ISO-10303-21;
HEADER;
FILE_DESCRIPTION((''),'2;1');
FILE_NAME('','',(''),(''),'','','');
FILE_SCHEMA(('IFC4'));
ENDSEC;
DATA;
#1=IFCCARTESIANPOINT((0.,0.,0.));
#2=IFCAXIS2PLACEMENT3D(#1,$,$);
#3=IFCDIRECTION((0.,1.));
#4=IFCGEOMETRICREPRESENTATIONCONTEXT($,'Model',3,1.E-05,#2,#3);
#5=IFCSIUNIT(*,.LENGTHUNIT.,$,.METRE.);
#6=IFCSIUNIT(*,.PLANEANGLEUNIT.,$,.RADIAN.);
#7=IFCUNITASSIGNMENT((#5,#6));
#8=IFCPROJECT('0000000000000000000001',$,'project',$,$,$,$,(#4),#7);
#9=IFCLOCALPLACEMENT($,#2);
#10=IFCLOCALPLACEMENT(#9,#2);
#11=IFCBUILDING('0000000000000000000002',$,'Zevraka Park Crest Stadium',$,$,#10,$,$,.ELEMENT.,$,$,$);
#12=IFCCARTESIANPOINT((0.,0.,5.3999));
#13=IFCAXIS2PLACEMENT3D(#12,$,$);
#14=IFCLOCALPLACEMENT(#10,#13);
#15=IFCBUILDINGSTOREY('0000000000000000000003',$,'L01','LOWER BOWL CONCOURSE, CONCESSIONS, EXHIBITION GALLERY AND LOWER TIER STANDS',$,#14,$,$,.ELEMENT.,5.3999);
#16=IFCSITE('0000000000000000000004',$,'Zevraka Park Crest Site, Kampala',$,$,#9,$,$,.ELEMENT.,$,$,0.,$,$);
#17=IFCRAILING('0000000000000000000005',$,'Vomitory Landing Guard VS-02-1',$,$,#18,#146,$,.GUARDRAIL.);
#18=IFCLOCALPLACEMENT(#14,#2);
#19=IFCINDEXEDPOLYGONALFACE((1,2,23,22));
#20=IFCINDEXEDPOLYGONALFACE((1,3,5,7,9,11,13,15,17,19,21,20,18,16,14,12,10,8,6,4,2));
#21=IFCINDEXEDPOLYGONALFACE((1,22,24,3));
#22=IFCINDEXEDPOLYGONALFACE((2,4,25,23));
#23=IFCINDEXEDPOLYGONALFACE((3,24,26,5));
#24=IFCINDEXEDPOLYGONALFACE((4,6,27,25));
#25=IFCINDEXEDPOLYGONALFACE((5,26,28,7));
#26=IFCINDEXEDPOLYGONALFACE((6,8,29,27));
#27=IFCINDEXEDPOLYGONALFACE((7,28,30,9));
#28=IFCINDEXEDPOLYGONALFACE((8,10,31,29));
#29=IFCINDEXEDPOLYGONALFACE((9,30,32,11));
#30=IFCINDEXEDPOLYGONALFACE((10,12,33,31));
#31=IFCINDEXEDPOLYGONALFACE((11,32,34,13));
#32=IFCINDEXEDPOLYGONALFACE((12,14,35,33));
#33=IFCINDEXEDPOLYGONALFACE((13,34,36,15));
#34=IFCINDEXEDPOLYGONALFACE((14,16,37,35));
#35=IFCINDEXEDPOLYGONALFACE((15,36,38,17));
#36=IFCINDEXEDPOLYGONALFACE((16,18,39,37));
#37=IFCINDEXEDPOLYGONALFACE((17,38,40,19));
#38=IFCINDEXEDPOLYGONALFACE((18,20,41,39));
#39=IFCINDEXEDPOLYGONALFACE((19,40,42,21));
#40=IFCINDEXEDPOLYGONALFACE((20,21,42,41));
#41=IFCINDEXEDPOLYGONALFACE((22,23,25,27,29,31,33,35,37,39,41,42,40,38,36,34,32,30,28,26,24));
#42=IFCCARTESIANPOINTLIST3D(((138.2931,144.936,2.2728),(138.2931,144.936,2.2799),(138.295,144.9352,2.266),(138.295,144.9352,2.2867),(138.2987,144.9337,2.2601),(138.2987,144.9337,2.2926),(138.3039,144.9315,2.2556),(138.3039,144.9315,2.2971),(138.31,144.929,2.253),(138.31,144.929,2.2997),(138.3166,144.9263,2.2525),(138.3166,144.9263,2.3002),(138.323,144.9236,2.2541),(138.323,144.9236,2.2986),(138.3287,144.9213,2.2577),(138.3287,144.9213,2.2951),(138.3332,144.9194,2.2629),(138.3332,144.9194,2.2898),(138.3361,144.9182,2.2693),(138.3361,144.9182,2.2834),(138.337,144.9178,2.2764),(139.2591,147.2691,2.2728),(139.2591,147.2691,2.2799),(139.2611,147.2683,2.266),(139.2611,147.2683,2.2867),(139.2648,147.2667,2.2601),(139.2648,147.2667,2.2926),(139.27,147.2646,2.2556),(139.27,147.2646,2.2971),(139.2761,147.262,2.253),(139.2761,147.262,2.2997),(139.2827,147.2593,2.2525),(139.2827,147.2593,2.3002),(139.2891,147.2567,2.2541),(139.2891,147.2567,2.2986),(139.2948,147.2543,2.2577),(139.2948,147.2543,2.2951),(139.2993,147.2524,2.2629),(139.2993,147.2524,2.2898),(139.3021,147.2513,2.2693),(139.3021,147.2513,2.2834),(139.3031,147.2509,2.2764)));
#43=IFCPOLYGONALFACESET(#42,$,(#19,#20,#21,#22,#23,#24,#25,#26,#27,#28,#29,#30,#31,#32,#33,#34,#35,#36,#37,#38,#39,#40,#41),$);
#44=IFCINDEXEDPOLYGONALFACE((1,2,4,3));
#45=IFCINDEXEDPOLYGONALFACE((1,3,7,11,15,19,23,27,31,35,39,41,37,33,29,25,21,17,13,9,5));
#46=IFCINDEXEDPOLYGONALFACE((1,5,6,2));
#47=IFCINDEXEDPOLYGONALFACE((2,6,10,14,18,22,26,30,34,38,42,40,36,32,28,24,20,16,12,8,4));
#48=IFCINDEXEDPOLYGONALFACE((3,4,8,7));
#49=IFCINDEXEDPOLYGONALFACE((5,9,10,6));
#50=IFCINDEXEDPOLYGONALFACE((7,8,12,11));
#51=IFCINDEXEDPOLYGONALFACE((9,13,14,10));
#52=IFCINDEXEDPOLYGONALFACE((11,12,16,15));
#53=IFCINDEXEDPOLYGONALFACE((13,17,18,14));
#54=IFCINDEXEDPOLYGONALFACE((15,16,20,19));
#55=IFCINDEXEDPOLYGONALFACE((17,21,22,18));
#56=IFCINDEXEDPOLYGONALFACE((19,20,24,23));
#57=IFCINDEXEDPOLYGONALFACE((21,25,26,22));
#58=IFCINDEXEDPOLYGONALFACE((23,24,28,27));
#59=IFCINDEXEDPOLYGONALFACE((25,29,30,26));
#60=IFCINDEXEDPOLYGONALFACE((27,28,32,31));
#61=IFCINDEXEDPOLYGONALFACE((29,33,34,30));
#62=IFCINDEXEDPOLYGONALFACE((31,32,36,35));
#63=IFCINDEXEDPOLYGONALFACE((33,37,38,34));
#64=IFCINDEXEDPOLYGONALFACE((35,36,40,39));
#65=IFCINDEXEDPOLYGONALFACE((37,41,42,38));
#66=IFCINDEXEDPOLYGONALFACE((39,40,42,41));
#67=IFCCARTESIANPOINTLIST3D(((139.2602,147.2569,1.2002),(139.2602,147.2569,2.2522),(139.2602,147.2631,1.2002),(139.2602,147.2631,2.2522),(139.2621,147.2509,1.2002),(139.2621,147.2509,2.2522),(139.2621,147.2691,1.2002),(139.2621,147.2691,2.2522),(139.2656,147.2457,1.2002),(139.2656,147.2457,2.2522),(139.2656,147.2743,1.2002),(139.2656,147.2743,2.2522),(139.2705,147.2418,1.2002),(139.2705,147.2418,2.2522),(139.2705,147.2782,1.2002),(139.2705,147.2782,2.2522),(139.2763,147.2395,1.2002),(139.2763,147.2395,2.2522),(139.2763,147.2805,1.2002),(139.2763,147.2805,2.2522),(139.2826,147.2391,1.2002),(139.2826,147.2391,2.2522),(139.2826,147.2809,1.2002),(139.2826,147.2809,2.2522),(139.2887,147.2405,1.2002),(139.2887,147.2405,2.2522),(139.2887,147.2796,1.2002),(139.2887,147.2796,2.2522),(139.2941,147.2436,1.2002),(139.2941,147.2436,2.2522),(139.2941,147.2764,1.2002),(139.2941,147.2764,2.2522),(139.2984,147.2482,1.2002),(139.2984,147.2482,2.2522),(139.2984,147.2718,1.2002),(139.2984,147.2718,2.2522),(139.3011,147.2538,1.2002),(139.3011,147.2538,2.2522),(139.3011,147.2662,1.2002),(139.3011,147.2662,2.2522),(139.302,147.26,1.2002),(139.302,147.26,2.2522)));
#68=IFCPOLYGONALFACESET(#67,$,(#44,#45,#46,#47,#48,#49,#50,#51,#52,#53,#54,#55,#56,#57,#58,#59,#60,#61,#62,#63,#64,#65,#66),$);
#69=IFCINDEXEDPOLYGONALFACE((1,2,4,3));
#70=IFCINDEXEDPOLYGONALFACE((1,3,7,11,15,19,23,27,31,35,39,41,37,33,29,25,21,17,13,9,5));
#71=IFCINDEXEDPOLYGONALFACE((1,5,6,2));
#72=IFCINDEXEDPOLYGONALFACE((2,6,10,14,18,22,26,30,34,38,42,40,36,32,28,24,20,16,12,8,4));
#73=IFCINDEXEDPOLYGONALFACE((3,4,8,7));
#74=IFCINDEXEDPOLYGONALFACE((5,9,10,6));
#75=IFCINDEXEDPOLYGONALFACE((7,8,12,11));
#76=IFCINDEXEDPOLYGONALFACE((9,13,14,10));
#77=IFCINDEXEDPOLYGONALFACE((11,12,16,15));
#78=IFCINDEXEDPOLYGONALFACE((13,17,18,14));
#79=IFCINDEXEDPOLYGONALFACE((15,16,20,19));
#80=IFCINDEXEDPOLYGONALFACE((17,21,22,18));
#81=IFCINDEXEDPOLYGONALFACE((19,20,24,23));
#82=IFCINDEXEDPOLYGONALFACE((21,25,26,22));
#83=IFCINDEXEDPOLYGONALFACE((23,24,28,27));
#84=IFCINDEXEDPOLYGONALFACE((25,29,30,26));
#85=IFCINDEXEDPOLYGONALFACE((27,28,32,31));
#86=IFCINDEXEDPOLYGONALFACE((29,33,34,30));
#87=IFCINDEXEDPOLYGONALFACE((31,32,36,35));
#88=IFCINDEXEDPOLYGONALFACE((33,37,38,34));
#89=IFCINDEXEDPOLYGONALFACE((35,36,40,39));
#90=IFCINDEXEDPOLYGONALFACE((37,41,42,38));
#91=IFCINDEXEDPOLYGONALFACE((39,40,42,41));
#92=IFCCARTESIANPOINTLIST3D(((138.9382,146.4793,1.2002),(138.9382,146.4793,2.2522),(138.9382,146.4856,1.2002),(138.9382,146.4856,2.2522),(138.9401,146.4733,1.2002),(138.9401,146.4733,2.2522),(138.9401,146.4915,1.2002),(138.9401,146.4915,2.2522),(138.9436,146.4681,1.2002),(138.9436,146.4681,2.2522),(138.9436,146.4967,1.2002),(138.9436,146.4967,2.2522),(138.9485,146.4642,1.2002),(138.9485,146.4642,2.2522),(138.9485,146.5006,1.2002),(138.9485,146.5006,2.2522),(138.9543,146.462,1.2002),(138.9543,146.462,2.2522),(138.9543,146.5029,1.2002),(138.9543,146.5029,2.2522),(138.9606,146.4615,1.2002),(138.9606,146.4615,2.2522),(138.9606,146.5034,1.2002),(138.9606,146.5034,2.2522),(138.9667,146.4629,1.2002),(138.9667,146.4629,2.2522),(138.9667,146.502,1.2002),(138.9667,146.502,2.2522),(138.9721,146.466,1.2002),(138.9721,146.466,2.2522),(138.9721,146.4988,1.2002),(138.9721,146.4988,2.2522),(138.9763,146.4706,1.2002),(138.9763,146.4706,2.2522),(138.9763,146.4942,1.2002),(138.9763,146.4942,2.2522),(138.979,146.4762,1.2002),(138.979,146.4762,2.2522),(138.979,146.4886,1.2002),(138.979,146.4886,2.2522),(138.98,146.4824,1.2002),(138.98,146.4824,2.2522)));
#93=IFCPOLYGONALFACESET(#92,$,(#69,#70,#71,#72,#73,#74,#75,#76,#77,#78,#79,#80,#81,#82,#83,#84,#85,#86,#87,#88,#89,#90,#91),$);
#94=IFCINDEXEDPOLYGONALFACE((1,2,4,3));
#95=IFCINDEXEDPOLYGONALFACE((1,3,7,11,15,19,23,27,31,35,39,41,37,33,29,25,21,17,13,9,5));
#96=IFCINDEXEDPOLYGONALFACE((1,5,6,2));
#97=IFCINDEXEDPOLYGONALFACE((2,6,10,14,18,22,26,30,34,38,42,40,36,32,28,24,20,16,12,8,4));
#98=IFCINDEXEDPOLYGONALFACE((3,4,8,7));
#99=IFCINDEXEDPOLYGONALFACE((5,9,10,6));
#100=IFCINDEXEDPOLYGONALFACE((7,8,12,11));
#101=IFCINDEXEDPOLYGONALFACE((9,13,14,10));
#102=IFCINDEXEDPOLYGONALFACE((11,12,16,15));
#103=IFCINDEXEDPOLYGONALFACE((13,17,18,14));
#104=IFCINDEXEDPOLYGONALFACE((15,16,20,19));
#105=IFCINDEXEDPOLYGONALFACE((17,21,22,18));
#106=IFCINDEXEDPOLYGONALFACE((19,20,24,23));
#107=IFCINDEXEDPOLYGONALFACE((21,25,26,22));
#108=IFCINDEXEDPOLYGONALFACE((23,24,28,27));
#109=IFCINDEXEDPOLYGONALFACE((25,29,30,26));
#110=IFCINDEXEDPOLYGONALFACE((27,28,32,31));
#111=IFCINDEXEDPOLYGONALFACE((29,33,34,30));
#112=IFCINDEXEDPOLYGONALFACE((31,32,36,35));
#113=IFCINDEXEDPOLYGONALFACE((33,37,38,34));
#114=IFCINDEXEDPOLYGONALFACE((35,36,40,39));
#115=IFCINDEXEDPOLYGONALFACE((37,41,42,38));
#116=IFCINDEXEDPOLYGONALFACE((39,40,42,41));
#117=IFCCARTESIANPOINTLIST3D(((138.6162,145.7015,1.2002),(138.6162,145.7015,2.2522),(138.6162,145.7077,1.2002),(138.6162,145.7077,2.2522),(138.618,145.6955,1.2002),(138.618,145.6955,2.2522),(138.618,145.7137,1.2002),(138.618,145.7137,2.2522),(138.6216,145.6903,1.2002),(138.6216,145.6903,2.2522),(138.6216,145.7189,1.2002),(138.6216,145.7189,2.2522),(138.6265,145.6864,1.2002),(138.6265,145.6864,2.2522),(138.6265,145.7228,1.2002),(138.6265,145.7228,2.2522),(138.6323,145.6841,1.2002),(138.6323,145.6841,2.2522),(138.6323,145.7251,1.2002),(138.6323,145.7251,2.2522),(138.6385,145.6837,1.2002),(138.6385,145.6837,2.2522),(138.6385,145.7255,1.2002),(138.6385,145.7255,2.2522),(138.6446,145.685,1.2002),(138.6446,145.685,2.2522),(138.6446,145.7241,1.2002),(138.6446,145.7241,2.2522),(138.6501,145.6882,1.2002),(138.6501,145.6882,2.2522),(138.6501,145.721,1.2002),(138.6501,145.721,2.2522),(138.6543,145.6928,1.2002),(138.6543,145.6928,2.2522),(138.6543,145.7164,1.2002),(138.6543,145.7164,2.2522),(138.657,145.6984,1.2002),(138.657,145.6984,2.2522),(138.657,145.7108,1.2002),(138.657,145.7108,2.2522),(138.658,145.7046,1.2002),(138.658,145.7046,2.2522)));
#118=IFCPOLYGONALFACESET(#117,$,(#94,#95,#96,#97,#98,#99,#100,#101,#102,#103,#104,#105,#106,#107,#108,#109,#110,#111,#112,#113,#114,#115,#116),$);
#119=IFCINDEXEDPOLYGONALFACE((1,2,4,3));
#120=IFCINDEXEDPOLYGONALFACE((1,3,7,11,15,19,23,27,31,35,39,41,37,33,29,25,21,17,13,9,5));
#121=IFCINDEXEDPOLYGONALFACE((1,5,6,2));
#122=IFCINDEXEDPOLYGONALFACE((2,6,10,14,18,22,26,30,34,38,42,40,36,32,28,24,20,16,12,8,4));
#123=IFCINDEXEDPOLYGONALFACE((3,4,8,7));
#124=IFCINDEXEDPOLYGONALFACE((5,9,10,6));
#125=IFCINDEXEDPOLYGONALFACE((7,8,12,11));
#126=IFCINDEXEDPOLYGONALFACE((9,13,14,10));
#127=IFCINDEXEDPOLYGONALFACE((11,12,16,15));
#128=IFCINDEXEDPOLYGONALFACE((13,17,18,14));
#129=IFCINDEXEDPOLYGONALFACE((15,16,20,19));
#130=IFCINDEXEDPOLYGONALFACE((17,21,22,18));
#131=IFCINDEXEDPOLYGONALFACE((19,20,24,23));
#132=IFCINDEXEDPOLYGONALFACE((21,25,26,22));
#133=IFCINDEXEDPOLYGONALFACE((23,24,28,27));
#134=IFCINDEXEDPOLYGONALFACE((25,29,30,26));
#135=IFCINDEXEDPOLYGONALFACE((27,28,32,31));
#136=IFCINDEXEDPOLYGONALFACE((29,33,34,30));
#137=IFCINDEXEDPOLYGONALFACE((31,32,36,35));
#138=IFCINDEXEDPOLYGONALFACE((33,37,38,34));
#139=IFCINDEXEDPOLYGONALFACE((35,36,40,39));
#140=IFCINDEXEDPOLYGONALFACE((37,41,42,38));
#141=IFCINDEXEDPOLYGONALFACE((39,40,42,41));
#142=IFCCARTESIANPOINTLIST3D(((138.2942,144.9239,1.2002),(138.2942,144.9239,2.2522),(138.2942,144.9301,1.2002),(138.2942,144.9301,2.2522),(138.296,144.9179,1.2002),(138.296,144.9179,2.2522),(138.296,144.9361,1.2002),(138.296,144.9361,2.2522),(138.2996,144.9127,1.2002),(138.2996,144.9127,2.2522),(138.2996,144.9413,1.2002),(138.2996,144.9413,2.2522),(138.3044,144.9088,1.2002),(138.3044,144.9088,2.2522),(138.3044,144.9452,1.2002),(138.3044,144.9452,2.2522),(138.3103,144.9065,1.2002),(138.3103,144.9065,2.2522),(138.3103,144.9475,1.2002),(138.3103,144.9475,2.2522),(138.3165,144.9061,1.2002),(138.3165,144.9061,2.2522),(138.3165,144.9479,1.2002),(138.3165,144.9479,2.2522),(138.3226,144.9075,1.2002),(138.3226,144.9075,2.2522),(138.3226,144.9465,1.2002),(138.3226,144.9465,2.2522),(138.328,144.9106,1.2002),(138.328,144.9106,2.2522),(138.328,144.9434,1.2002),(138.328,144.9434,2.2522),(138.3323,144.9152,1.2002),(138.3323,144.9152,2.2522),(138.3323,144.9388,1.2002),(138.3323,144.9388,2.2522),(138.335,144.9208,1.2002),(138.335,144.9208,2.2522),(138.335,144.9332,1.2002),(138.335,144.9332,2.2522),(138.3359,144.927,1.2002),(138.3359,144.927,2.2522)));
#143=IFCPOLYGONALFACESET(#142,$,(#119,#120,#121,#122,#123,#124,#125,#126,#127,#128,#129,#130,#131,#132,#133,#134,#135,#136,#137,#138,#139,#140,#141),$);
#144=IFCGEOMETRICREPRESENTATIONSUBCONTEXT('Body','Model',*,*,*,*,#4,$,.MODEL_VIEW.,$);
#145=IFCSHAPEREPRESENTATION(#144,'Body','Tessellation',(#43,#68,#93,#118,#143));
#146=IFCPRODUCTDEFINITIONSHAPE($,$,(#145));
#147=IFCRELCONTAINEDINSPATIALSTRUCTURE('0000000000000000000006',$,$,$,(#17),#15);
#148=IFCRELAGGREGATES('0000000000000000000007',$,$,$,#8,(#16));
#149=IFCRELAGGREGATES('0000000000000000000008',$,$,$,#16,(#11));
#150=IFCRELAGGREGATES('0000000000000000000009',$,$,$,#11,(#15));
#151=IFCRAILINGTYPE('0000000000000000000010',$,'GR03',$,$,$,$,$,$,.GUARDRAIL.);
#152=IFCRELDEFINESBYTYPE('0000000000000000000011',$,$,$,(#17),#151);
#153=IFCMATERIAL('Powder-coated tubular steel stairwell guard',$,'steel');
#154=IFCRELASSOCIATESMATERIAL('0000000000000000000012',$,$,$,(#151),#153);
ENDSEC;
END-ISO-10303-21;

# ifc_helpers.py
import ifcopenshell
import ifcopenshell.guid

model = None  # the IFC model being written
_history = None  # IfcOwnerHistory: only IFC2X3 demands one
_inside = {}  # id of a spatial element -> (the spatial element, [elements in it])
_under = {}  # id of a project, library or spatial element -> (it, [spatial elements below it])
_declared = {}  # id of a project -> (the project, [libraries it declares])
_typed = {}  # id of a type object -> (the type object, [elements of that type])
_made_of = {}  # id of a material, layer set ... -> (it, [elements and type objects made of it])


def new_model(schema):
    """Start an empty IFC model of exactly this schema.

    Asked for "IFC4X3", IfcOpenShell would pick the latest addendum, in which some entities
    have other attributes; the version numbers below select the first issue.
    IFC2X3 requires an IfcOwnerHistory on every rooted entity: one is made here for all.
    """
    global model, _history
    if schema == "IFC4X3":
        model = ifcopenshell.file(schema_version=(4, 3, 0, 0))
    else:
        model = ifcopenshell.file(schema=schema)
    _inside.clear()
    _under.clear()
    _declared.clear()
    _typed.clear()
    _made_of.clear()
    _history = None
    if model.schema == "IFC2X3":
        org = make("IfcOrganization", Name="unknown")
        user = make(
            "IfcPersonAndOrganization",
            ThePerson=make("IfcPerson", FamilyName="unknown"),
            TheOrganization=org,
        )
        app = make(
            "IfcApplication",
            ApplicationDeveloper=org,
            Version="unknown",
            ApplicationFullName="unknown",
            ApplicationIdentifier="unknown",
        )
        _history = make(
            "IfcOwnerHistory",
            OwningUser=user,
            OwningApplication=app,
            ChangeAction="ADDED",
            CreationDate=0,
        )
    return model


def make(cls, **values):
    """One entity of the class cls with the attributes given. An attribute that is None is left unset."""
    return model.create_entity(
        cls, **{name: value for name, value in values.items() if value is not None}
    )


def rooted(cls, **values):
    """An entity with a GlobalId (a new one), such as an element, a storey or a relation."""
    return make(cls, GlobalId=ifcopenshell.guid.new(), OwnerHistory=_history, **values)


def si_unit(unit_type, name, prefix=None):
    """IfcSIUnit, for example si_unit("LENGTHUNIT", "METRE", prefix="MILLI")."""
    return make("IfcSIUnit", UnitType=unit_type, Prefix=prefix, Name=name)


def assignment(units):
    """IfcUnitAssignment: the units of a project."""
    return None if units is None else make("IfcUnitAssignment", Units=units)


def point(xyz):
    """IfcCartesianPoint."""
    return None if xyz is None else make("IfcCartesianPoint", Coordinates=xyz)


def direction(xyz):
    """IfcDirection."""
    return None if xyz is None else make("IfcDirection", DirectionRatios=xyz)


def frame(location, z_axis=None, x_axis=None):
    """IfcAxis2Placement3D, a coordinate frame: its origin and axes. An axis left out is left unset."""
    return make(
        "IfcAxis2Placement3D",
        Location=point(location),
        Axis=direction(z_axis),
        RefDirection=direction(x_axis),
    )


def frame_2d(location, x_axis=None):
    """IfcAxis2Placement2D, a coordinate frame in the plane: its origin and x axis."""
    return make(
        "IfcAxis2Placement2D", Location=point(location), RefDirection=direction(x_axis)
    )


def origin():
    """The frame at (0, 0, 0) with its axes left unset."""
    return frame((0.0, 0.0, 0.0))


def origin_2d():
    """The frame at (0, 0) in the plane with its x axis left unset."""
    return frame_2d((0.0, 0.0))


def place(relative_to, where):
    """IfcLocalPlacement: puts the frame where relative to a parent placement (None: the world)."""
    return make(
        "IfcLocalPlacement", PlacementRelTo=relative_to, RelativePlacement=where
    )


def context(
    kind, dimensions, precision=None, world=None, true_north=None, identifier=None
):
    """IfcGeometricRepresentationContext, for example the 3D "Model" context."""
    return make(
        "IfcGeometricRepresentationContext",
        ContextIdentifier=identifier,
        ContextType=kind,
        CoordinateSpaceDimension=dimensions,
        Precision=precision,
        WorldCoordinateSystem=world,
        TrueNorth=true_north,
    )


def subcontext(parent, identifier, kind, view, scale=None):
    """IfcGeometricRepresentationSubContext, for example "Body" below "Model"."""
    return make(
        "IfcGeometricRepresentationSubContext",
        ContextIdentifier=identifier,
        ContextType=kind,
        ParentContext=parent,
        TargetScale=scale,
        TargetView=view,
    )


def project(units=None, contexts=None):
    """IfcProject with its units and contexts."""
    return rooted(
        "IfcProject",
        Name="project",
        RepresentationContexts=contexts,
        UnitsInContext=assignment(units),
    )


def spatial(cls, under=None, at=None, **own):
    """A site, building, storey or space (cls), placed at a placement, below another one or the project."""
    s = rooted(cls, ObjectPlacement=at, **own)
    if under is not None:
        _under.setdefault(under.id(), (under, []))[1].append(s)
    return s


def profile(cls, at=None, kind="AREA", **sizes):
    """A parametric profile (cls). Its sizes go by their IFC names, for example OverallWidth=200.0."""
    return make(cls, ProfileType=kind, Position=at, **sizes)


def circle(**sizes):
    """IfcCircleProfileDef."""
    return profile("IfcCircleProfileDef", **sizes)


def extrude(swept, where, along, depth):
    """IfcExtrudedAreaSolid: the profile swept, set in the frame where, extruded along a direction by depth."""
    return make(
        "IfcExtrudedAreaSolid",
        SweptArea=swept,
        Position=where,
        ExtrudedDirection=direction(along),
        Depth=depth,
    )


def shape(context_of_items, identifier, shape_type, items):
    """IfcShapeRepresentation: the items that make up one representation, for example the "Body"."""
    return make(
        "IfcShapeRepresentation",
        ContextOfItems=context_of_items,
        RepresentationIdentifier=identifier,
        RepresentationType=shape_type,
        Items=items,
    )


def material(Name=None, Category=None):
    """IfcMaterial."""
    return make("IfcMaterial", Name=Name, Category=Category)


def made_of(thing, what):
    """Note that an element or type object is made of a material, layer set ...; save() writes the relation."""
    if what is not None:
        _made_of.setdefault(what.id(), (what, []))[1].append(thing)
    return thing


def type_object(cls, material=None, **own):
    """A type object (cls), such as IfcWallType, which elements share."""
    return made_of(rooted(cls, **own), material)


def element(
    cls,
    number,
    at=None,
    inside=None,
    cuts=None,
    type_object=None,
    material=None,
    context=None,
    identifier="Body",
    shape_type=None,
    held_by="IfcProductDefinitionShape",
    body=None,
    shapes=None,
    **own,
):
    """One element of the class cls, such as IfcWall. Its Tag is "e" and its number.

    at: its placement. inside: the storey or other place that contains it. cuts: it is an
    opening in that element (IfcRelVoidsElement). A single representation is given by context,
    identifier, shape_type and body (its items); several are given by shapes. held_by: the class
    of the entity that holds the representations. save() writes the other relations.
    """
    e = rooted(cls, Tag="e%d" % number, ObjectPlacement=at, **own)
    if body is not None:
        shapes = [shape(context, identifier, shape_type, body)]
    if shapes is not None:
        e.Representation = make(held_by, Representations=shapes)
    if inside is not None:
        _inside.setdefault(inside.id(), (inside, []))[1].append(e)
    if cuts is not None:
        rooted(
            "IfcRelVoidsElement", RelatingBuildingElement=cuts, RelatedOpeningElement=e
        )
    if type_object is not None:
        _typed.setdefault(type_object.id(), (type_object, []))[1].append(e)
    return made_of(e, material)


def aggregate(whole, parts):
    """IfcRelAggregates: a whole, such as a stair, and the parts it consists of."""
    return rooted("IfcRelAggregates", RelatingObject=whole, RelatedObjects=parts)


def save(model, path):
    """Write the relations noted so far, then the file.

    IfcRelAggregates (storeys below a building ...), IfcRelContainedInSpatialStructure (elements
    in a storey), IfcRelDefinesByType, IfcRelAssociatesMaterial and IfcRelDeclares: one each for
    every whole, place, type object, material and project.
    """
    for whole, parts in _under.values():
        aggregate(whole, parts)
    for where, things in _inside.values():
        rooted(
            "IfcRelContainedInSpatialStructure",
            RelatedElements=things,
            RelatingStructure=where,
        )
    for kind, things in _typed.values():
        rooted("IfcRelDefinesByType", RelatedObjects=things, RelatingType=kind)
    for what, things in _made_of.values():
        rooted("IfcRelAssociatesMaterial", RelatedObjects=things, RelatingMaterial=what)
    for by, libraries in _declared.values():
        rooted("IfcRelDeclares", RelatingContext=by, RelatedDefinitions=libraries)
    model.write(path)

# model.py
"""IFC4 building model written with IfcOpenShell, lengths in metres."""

from ifc_helpers import new_model, si_unit, direction, frame, origin, origin_2d, place, context, subcontext, project, spatial, circle, extrude, material, type_object, element, save


model = new_model("IFC4")

# Units and contexts
model_context = context("Model", 3, precision=1e-05, world=origin(), true_north=direction((0.0, 1.0)))
body_context = subcontext(model_context, "Body", "Model", "MODEL_VIEW")
ifc_project = project(units=[si_unit("LENGTHUNIT", "METRE"), si_unit("PLANEANGLEUNIT", "RADIAN")], contexts=[model_context])

# Site, building, storey
site_placement = place(None, origin())
site = spatial("IfcSite", under=ifc_project, at=site_placement, Name="Zevraka Park Crest Site, Kampala", CompositionType="ELEMENT", RefElevation=0.0)
building_placement = place(site_placement, origin())
building = spatial("IfcBuilding", under=site, at=building_placement, Name="Zevraka Park Crest Stadium", CompositionType="ELEMENT")
storey_placement = place(building_placement, frame((0.0, 0.0, 5.3999)))
storey = spatial("IfcBuildingStorey", under=building, at=storey_placement, Name="L01", Description="LOWER BOWL CONCOURSE, CONCESSIONS, EXHIBITION GALLERY AND LOWER TIER STANDS", CompositionType="ELEMENT", Elevation=5.3999)

# Railing
ifc_material_1 = material(Name="Powder-coated tubular steel stairwell guard", Category="steel")
railing_type_1 = type_object("IfcRailingType", Name="GR03", PredefinedType="GUARDRAIL", material=ifc_material_1)
railing_1_placement = place(storey_placement, frame((139.281, 147.26, 1.2002)))
element("IfcRailing", 1, at=railing_1_placement, inside=storey, type_object=railing_type_1, Name="Vomitory Landing Guard VS-02-1", PredefinedType="GUARDRAIL", context=body_context, shape_type="SweptSolid", body=[
    extrude(circle(Radius=0.0239, at=origin_2d()), frame((0.0, 0.0, 1.0762), z_axis=(-0.382582, -0.923921, 0.0), x_axis=(0.923921, -0.382582, 0.0)), (0.0, 0.0, 1.0), 2.5251),
    extrude(circle(Radius=0.021, at=origin_2d()), origin(), (0.0, 0.0, 1.0), 1.052),
    extrude(circle(Radius=0.021, at=origin_2d()), frame((-0.322, -0.7776, 0.0)), (0.0, 0.0, 1.0), 1.052),
    extrude(circle(Radius=0.021, at=origin_2d()), frame((-0.644, -1.5554, 0.0)), (0.0, 0.0, 1.0), 1.052),
    extrude(circle(Radius=0.021, at=origin_2d()), frame((-0.9661, -2.333, 0.0)), (0.0, 0.0, 1.0), 1.052),
])

save(model, "model.ifc")
